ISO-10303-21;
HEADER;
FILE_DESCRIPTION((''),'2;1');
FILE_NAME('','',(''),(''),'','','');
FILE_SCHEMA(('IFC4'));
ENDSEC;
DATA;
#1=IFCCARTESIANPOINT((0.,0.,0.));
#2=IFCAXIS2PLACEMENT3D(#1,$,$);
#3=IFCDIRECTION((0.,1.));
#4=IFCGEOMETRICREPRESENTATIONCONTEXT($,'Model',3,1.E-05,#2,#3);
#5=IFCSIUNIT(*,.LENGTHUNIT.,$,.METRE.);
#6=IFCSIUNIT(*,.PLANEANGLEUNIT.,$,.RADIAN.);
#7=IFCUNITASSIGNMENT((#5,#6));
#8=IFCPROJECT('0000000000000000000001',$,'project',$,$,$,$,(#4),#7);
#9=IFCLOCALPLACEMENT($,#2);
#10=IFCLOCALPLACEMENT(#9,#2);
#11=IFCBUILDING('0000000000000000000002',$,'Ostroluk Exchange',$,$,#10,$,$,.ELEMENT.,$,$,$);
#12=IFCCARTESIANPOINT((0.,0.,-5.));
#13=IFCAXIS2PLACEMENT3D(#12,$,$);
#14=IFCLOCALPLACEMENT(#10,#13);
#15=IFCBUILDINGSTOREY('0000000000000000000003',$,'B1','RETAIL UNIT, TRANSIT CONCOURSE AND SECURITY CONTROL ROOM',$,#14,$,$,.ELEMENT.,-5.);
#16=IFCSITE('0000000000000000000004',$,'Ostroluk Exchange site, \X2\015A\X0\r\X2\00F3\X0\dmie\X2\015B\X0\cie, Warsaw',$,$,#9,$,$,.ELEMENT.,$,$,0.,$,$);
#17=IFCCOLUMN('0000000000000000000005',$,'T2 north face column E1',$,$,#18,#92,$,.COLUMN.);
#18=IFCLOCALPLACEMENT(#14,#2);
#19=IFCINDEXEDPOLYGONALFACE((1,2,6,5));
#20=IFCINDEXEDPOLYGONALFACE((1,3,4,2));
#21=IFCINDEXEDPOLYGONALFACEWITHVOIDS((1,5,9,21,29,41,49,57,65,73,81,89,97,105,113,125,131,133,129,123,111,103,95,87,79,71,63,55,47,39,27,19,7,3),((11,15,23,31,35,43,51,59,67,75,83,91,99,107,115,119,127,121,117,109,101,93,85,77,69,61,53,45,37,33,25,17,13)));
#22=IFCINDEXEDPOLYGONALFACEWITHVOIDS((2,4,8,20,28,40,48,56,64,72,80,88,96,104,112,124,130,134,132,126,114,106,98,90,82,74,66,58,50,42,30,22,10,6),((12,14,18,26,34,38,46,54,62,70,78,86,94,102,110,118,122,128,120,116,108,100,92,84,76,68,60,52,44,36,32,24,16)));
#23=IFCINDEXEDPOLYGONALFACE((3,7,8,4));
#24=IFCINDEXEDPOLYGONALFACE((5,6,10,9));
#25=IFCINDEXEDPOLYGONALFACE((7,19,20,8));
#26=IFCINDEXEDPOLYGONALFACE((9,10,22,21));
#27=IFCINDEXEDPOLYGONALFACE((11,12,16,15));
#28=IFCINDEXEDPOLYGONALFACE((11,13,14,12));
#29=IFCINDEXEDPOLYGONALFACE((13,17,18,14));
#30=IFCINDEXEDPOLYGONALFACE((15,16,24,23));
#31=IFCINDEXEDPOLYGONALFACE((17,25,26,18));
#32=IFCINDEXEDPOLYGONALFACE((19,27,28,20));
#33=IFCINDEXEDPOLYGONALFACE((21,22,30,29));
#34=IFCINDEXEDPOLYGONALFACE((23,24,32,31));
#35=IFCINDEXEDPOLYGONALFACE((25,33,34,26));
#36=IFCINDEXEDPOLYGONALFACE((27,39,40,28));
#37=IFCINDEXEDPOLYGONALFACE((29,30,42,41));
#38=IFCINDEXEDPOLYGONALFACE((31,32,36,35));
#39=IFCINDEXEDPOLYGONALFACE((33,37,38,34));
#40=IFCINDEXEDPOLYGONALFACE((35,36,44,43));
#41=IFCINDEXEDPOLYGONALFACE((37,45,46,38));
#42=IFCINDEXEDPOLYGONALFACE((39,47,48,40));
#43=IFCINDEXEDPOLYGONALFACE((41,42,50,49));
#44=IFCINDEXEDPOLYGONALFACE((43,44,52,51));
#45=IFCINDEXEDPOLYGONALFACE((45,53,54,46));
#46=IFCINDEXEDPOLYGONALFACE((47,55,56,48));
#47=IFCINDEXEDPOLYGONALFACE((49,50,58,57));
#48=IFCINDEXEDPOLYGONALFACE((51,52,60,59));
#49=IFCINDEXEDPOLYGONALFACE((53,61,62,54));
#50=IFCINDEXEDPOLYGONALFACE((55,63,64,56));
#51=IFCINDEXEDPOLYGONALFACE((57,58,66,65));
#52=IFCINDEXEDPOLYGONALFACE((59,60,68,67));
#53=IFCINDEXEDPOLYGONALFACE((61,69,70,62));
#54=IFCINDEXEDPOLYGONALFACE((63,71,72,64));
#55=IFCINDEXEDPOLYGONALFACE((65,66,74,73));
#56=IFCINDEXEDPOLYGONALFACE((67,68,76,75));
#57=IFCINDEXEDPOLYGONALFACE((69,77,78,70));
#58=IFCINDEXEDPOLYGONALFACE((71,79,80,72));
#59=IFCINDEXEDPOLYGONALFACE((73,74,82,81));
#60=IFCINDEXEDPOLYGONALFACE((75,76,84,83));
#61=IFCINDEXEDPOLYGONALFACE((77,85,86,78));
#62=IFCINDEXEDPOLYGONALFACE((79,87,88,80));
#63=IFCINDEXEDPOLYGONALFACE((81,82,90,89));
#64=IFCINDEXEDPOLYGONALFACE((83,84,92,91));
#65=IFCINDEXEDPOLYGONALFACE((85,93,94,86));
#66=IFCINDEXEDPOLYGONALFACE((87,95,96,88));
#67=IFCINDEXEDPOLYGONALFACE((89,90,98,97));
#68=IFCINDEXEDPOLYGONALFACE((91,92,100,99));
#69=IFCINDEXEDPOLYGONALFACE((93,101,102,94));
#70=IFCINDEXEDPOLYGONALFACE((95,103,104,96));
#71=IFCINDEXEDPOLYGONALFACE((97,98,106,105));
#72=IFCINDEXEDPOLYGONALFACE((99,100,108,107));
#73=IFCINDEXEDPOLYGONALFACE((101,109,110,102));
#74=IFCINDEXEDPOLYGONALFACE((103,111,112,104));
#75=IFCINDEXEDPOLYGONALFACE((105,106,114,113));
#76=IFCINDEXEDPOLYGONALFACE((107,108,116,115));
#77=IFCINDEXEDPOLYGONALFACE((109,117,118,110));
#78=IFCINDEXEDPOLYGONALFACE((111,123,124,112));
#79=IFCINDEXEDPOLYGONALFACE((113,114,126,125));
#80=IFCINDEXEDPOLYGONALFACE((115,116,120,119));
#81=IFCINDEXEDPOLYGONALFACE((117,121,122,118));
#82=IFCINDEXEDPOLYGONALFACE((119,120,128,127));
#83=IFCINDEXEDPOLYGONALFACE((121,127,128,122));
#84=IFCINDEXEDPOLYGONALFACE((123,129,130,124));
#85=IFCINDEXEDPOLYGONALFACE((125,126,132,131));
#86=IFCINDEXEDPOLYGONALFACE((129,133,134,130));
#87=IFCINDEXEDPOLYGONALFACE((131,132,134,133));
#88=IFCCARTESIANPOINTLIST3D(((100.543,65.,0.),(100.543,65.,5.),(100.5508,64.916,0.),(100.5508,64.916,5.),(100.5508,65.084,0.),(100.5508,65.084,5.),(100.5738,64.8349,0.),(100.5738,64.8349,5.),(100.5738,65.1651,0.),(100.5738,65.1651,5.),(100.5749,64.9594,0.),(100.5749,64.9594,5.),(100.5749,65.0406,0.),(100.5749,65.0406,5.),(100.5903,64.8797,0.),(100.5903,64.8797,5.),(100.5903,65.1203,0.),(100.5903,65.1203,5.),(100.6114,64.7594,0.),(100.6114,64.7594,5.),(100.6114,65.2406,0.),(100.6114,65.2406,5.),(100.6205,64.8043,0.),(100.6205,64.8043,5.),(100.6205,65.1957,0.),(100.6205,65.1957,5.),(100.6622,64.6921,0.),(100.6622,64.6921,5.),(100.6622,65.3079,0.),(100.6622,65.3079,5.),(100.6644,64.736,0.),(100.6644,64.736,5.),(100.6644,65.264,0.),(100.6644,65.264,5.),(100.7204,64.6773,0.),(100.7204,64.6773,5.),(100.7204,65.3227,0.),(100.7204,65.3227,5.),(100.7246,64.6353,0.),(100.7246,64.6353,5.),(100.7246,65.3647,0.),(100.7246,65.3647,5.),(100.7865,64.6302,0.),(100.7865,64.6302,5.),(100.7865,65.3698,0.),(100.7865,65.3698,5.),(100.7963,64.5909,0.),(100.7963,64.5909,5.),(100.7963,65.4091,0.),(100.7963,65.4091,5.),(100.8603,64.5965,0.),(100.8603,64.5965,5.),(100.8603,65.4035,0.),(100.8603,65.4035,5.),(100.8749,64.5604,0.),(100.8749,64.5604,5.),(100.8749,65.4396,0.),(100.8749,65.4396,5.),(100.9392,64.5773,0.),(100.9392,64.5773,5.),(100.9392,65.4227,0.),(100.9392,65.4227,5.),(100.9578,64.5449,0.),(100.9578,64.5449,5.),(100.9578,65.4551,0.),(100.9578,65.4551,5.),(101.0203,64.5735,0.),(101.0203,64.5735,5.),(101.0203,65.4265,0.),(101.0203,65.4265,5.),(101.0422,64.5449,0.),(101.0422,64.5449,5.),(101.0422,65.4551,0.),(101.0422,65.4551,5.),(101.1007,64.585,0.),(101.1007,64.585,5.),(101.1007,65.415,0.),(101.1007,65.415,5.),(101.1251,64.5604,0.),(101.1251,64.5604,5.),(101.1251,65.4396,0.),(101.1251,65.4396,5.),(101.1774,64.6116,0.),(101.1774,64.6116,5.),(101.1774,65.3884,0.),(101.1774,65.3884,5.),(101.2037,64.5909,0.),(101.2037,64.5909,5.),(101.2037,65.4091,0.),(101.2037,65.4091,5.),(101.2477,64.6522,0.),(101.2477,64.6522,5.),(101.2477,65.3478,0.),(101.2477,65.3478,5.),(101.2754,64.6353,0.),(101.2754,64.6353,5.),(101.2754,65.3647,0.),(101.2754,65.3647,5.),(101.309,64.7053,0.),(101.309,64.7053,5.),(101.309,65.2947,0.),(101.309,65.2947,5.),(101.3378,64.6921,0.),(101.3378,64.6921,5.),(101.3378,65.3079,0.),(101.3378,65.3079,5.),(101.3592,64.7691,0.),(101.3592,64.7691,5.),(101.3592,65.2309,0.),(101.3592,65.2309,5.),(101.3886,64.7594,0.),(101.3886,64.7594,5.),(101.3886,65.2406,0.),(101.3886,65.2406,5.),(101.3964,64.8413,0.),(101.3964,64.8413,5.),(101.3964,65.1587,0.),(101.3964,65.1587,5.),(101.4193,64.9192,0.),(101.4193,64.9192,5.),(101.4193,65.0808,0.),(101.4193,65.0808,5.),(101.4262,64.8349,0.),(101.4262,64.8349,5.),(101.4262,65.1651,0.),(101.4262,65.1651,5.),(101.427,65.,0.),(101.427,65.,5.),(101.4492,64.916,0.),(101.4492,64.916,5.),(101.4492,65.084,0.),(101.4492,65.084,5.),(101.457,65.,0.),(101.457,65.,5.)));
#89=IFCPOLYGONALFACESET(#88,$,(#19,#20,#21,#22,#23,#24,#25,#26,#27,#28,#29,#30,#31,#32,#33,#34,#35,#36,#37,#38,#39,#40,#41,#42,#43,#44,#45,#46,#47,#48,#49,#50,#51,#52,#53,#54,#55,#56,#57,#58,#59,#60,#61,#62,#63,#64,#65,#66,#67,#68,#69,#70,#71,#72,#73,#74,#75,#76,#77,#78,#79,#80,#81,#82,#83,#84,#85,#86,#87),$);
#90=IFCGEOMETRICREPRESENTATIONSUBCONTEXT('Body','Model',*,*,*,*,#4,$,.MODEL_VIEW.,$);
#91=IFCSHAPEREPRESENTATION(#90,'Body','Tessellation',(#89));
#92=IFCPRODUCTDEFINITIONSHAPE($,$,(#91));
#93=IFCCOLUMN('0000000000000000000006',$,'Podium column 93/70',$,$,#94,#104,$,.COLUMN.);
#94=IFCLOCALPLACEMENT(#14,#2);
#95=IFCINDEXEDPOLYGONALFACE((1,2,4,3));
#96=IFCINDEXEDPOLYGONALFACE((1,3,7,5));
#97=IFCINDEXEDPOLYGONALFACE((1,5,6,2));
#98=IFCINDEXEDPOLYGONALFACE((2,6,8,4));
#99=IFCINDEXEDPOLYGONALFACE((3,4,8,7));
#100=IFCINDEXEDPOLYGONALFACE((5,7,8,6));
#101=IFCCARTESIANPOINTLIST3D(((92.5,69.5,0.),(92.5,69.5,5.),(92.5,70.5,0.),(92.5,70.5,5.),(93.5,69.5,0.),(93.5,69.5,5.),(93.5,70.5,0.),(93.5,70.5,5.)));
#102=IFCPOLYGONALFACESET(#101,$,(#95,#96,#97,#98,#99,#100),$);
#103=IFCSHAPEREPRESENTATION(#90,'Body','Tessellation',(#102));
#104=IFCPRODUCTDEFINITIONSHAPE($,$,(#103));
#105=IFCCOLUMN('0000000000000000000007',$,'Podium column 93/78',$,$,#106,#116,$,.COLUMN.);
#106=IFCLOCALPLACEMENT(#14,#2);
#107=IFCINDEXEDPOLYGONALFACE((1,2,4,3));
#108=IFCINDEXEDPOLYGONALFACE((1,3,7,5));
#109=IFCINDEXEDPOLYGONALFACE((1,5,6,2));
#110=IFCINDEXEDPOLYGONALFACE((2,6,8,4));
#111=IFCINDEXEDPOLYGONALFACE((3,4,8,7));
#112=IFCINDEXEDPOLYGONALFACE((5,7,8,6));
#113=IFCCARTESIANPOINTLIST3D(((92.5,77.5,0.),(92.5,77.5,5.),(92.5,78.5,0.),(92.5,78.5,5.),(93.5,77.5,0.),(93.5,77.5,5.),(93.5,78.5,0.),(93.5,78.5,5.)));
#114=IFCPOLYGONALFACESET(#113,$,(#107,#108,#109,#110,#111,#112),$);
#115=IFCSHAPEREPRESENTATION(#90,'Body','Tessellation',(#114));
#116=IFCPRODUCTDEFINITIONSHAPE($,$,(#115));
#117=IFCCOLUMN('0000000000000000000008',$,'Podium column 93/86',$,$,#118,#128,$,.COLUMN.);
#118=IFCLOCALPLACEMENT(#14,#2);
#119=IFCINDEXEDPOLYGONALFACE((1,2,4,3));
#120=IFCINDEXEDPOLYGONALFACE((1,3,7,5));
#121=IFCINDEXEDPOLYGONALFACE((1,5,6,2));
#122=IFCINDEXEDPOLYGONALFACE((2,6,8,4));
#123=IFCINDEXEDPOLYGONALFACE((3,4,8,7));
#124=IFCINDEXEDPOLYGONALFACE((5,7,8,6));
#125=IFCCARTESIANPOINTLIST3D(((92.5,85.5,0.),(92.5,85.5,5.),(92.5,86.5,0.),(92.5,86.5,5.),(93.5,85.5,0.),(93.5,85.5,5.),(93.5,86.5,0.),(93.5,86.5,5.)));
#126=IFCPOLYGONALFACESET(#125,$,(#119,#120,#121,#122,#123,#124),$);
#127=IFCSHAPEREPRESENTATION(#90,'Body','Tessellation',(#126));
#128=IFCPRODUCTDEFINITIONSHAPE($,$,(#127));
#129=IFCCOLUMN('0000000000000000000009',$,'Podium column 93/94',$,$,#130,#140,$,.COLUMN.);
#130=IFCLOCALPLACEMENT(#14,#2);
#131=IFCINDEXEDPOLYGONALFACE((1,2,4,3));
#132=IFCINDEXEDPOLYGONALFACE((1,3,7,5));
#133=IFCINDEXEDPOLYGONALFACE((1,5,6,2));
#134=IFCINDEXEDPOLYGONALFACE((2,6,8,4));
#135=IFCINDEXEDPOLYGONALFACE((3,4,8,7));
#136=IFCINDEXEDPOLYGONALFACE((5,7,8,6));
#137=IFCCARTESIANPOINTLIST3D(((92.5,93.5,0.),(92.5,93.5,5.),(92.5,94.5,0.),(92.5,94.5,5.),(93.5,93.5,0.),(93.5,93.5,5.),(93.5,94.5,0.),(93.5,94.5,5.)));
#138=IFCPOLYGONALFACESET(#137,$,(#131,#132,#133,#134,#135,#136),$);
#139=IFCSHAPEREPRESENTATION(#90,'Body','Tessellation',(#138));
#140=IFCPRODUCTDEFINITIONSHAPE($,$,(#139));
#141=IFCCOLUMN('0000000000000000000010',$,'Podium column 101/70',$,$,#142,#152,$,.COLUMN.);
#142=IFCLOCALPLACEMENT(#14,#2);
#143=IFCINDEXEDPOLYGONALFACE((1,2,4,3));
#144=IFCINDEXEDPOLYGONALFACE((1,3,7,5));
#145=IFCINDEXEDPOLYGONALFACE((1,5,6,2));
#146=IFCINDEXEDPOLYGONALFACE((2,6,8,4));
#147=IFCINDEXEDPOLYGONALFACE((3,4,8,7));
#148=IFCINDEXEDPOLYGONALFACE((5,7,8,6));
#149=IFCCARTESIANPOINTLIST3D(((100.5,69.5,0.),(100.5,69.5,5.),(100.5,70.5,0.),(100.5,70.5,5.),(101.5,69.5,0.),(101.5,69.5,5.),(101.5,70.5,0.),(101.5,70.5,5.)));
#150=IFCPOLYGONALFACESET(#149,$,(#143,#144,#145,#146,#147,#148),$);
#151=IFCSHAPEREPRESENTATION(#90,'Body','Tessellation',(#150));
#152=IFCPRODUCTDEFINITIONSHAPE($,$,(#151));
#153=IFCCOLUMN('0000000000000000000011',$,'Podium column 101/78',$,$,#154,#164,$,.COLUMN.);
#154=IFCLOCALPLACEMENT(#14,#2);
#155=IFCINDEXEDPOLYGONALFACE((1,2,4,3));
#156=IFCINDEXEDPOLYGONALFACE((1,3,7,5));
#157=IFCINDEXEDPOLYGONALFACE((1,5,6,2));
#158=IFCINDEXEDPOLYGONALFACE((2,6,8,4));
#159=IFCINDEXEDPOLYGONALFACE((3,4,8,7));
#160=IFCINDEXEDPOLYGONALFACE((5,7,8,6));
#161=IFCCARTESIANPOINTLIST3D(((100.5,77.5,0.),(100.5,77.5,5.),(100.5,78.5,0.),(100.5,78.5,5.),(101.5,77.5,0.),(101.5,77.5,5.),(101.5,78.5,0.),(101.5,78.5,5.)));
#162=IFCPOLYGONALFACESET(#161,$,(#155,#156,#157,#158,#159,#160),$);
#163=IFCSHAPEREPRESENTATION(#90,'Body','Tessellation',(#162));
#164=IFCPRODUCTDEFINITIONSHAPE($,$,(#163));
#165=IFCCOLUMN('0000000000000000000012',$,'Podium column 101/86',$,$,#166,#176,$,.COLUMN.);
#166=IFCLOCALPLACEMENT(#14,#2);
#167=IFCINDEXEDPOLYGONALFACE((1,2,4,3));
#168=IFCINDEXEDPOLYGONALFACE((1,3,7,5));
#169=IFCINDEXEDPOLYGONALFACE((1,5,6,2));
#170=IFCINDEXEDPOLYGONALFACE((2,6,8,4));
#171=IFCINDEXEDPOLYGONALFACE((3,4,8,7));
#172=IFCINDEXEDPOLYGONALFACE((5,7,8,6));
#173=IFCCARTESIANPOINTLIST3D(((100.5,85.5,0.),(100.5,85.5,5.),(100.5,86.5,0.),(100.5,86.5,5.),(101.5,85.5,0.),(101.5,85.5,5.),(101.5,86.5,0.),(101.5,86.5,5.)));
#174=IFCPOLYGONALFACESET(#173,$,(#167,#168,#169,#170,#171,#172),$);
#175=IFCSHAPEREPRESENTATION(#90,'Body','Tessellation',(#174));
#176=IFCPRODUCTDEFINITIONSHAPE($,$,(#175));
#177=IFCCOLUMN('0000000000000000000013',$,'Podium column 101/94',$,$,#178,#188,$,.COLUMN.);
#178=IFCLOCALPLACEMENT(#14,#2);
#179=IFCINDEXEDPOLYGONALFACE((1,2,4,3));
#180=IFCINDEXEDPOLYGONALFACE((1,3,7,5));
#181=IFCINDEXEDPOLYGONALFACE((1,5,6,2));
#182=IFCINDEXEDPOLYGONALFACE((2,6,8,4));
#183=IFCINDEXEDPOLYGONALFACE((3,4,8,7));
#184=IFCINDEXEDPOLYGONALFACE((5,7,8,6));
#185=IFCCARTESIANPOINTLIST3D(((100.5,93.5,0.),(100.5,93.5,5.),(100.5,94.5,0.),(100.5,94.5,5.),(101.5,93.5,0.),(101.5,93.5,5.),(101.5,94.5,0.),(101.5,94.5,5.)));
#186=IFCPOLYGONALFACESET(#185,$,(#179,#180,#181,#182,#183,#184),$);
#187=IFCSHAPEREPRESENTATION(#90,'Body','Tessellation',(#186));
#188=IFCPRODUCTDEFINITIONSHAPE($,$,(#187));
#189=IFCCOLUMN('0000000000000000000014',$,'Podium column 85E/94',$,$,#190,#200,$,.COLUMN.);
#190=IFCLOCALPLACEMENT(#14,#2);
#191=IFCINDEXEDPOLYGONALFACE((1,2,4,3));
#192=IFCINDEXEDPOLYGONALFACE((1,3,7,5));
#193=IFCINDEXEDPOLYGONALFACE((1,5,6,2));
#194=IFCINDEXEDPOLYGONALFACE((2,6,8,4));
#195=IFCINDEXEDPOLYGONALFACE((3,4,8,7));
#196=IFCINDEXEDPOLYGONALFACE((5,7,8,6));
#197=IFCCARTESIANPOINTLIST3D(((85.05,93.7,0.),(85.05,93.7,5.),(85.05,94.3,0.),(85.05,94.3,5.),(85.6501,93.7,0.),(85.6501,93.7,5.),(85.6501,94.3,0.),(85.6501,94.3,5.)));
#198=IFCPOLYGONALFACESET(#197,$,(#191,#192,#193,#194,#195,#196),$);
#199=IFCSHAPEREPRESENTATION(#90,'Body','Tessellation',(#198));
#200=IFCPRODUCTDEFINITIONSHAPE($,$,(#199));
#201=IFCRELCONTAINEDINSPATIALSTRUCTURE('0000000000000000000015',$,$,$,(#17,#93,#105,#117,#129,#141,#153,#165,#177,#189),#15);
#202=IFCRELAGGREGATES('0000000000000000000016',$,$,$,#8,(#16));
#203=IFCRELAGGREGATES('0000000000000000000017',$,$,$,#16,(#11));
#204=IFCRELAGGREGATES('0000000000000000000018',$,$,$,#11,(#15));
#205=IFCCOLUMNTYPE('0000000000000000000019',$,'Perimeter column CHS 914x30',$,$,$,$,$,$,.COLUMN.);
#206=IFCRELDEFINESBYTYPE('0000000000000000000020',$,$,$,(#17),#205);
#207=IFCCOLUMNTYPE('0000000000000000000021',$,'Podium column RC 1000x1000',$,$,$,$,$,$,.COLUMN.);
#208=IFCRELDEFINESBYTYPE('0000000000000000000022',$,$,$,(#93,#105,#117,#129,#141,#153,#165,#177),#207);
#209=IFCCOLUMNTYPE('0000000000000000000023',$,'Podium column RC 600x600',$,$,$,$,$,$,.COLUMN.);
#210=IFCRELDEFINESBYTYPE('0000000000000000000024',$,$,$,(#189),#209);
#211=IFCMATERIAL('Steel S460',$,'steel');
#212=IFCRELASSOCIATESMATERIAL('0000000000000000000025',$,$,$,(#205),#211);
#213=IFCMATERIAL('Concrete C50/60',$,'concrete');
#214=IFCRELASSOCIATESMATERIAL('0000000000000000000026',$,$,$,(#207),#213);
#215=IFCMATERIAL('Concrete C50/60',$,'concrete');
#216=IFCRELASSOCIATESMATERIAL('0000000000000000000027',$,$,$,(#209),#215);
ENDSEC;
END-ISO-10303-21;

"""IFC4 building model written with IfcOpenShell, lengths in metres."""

from ifc_helpers import new_model, si_unit, direction, frame, origin, origin_2d, place, context, subcontext, project, spatial, rectangle, hollow_circle, extrude, material, material_profile, profile_set, type_object, element, save


model = new_model("IFC4")

# Units and contexts
model_context = context("Model", 3, precision=1e-05, world=origin(), true_north=direction((0.0, 1.0)))
body_context = subcontext(model_context, "Body", "Model", "MODEL_VIEW")
ifc_project = project(units=[si_unit("LENGTHUNIT", "METRE"), si_unit("PLANEANGLEUNIT", "RADIAN")], contexts=[model_context])

# Site, building, storey
site_placement = place(None, origin())
site = spatial("IfcSite", under=ifc_project, at=site_placement, Name="Ostroluk Exchange site, Śródmieście, Warsaw", CompositionType="ELEMENT", RefElevation=0.0)
building_placement = place(site_placement, origin())
building = spatial("IfcBuilding", under=site, at=building_placement, Name="Ostroluk Exchange", CompositionType="ELEMENT")
storey_placement = place(building_placement, frame((0.0, 0.0, -5.0)))
storey = spatial("IfcBuildingStorey", under=building, at=storey_placement, Name="B1", Description="RETAIL UNIT, TRANSIT CONCOURSE AND SECURITY CONTROL ROOM", CompositionType="ELEMENT", Elevation=-5.0)

# Columns
ifc_material_1 = material(Name="Steel S460", Category="steel")
ifc_material_profile_1 = material_profile(ifc_material_1, hollow_circle(Radius=0.457, WallThickness=0.03, at=origin_2d()), Name="CHS 914x30")
ifc_profile_set_1 = profile_set([ifc_material_profile_1], Name="Steel S460")
column_type_1 = type_object("IfcColumnType", Name="Perimeter column CHS 914x30", PredefinedType="COLUMN", material=ifc_profile_set_1)
column_1_placement = place(storey_placement, frame((101.0, 65.0, 0.0), z_axis=(0.0, 0.0, 1.0), x_axis=(1.0, 0.0, 0.0)))
element("IfcColumn", 1, at=column_1_placement, inside=storey, type_object=column_type_1, Name="T2 north face column E1", PredefinedType="COLUMN", context=body_context, shape_type="SweptSolid", body=[
    extrude(hollow_circle(Radius=0.457, WallThickness=0.03, at=origin_2d()), origin(), (0.0, 0.0, 1.0), 5.0),
])
ifc_material_2 = material(Name="Concrete C50/60", Category="concrete")
ifc_material_profile_2 = material_profile(ifc_material_2, rectangle(XDim=1.0, YDim=1.0, at=origin_2d()), Name="RC 1000x1000")
ifc_profile_set_2 = profile_set([ifc_material_profile_2], Name="Concrete C50/60")
column_type_2 = type_object("IfcColumnType", Name="Podium column RC 1000x1000", PredefinedType="COLUMN", material=ifc_profile_set_2)
for number, where, z_axis, x_axis, name in (
    (2, (93.0, 70.0, 0.0), (0.0, 0.0, 1.0), (1.0, 0.0, 0.0), "Podium column 93/70"),
    (3, (93.0, 78.0, 0.0), (0.0, 0.0, 1.0), (1.0, 0.0, 0.0), "Podium column 93/78"),
    (4, (93.0, 86.0, 0.0), (0.0, 0.0, 1.0), (1.0, 0.0, 0.0), "Podium column 93/86"),
    (5, (93.0, 94.0, 0.0), (0.0, 0.0, 1.0), (1.0, 0.0, 0.0), "Podium column 93/94"),
    (6, (101.0, 70.0, 0.0), (0.0, 0.0, 1.0), (1.0, 0.0, 0.0), "Podium column 101/70"),
    (7, (101.0, 78.0, 0.0), (0.0, 0.0, 1.0), (1.0, 0.0, 0.0), "Podium column 101/78"),
    (8, (101.0, 86.0, 0.0), (0.0, 0.0, 1.0), (1.0, 0.0, 0.0), "Podium column 101/86"),
    (9, (101.0, 94.0, 0.0), (0.0, 0.0, 1.0), (1.0, 0.0, 0.0), "Podium column 101/94"),
):
    element("IfcColumn", number, at=place(storey_placement, frame(where, z_axis=z_axis, x_axis=x_axis)), inside=storey, type_object=column_type_2, Name=name, PredefinedType="COLUMN", context=body_context, shape_type="SweptSolid", body=[
        extrude(rectangle(XDim=1.0, YDim=1.0, at=origin_2d()), origin(), (0.0, 0.0, 1.0), 5.0),
    ])
ifc_material_3 = material(Name="Concrete C50/60", Category="concrete")
ifc_material_profile_3 = material_profile(ifc_material_3, rectangle(XDim=0.6001, YDim=0.6001, at=origin_2d()), Name="RC 600x600")
ifc_profile_set_3 = profile_set([ifc_material_profile_3], Name="Concrete C50/60")
column_type_3 = type_object("IfcColumnType", Name="Podium column RC 600x600", PredefinedType="COLUMN", material=ifc_profile_set_3)
column_2_placement = place(storey_placement, frame((85.3501, 94.0, 0.0), z_axis=(0.0, 0.0, 1.0), x_axis=(1.0, 0.0, 0.0)))
element("IfcColumn", 10, at=column_2_placement, inside=storey, type_object=column_type_3, Name="Podium column 85E/94", PredefinedType="COLUMN", context=body_context, shape_type="SweptSolid", body=[
    extrude(rectangle(XDim=0.6001, YDim=0.6001, at=origin_2d()), origin(), (0.0, 0.0, 1.0), 5.0),
])

save(model, "model.ifc")
